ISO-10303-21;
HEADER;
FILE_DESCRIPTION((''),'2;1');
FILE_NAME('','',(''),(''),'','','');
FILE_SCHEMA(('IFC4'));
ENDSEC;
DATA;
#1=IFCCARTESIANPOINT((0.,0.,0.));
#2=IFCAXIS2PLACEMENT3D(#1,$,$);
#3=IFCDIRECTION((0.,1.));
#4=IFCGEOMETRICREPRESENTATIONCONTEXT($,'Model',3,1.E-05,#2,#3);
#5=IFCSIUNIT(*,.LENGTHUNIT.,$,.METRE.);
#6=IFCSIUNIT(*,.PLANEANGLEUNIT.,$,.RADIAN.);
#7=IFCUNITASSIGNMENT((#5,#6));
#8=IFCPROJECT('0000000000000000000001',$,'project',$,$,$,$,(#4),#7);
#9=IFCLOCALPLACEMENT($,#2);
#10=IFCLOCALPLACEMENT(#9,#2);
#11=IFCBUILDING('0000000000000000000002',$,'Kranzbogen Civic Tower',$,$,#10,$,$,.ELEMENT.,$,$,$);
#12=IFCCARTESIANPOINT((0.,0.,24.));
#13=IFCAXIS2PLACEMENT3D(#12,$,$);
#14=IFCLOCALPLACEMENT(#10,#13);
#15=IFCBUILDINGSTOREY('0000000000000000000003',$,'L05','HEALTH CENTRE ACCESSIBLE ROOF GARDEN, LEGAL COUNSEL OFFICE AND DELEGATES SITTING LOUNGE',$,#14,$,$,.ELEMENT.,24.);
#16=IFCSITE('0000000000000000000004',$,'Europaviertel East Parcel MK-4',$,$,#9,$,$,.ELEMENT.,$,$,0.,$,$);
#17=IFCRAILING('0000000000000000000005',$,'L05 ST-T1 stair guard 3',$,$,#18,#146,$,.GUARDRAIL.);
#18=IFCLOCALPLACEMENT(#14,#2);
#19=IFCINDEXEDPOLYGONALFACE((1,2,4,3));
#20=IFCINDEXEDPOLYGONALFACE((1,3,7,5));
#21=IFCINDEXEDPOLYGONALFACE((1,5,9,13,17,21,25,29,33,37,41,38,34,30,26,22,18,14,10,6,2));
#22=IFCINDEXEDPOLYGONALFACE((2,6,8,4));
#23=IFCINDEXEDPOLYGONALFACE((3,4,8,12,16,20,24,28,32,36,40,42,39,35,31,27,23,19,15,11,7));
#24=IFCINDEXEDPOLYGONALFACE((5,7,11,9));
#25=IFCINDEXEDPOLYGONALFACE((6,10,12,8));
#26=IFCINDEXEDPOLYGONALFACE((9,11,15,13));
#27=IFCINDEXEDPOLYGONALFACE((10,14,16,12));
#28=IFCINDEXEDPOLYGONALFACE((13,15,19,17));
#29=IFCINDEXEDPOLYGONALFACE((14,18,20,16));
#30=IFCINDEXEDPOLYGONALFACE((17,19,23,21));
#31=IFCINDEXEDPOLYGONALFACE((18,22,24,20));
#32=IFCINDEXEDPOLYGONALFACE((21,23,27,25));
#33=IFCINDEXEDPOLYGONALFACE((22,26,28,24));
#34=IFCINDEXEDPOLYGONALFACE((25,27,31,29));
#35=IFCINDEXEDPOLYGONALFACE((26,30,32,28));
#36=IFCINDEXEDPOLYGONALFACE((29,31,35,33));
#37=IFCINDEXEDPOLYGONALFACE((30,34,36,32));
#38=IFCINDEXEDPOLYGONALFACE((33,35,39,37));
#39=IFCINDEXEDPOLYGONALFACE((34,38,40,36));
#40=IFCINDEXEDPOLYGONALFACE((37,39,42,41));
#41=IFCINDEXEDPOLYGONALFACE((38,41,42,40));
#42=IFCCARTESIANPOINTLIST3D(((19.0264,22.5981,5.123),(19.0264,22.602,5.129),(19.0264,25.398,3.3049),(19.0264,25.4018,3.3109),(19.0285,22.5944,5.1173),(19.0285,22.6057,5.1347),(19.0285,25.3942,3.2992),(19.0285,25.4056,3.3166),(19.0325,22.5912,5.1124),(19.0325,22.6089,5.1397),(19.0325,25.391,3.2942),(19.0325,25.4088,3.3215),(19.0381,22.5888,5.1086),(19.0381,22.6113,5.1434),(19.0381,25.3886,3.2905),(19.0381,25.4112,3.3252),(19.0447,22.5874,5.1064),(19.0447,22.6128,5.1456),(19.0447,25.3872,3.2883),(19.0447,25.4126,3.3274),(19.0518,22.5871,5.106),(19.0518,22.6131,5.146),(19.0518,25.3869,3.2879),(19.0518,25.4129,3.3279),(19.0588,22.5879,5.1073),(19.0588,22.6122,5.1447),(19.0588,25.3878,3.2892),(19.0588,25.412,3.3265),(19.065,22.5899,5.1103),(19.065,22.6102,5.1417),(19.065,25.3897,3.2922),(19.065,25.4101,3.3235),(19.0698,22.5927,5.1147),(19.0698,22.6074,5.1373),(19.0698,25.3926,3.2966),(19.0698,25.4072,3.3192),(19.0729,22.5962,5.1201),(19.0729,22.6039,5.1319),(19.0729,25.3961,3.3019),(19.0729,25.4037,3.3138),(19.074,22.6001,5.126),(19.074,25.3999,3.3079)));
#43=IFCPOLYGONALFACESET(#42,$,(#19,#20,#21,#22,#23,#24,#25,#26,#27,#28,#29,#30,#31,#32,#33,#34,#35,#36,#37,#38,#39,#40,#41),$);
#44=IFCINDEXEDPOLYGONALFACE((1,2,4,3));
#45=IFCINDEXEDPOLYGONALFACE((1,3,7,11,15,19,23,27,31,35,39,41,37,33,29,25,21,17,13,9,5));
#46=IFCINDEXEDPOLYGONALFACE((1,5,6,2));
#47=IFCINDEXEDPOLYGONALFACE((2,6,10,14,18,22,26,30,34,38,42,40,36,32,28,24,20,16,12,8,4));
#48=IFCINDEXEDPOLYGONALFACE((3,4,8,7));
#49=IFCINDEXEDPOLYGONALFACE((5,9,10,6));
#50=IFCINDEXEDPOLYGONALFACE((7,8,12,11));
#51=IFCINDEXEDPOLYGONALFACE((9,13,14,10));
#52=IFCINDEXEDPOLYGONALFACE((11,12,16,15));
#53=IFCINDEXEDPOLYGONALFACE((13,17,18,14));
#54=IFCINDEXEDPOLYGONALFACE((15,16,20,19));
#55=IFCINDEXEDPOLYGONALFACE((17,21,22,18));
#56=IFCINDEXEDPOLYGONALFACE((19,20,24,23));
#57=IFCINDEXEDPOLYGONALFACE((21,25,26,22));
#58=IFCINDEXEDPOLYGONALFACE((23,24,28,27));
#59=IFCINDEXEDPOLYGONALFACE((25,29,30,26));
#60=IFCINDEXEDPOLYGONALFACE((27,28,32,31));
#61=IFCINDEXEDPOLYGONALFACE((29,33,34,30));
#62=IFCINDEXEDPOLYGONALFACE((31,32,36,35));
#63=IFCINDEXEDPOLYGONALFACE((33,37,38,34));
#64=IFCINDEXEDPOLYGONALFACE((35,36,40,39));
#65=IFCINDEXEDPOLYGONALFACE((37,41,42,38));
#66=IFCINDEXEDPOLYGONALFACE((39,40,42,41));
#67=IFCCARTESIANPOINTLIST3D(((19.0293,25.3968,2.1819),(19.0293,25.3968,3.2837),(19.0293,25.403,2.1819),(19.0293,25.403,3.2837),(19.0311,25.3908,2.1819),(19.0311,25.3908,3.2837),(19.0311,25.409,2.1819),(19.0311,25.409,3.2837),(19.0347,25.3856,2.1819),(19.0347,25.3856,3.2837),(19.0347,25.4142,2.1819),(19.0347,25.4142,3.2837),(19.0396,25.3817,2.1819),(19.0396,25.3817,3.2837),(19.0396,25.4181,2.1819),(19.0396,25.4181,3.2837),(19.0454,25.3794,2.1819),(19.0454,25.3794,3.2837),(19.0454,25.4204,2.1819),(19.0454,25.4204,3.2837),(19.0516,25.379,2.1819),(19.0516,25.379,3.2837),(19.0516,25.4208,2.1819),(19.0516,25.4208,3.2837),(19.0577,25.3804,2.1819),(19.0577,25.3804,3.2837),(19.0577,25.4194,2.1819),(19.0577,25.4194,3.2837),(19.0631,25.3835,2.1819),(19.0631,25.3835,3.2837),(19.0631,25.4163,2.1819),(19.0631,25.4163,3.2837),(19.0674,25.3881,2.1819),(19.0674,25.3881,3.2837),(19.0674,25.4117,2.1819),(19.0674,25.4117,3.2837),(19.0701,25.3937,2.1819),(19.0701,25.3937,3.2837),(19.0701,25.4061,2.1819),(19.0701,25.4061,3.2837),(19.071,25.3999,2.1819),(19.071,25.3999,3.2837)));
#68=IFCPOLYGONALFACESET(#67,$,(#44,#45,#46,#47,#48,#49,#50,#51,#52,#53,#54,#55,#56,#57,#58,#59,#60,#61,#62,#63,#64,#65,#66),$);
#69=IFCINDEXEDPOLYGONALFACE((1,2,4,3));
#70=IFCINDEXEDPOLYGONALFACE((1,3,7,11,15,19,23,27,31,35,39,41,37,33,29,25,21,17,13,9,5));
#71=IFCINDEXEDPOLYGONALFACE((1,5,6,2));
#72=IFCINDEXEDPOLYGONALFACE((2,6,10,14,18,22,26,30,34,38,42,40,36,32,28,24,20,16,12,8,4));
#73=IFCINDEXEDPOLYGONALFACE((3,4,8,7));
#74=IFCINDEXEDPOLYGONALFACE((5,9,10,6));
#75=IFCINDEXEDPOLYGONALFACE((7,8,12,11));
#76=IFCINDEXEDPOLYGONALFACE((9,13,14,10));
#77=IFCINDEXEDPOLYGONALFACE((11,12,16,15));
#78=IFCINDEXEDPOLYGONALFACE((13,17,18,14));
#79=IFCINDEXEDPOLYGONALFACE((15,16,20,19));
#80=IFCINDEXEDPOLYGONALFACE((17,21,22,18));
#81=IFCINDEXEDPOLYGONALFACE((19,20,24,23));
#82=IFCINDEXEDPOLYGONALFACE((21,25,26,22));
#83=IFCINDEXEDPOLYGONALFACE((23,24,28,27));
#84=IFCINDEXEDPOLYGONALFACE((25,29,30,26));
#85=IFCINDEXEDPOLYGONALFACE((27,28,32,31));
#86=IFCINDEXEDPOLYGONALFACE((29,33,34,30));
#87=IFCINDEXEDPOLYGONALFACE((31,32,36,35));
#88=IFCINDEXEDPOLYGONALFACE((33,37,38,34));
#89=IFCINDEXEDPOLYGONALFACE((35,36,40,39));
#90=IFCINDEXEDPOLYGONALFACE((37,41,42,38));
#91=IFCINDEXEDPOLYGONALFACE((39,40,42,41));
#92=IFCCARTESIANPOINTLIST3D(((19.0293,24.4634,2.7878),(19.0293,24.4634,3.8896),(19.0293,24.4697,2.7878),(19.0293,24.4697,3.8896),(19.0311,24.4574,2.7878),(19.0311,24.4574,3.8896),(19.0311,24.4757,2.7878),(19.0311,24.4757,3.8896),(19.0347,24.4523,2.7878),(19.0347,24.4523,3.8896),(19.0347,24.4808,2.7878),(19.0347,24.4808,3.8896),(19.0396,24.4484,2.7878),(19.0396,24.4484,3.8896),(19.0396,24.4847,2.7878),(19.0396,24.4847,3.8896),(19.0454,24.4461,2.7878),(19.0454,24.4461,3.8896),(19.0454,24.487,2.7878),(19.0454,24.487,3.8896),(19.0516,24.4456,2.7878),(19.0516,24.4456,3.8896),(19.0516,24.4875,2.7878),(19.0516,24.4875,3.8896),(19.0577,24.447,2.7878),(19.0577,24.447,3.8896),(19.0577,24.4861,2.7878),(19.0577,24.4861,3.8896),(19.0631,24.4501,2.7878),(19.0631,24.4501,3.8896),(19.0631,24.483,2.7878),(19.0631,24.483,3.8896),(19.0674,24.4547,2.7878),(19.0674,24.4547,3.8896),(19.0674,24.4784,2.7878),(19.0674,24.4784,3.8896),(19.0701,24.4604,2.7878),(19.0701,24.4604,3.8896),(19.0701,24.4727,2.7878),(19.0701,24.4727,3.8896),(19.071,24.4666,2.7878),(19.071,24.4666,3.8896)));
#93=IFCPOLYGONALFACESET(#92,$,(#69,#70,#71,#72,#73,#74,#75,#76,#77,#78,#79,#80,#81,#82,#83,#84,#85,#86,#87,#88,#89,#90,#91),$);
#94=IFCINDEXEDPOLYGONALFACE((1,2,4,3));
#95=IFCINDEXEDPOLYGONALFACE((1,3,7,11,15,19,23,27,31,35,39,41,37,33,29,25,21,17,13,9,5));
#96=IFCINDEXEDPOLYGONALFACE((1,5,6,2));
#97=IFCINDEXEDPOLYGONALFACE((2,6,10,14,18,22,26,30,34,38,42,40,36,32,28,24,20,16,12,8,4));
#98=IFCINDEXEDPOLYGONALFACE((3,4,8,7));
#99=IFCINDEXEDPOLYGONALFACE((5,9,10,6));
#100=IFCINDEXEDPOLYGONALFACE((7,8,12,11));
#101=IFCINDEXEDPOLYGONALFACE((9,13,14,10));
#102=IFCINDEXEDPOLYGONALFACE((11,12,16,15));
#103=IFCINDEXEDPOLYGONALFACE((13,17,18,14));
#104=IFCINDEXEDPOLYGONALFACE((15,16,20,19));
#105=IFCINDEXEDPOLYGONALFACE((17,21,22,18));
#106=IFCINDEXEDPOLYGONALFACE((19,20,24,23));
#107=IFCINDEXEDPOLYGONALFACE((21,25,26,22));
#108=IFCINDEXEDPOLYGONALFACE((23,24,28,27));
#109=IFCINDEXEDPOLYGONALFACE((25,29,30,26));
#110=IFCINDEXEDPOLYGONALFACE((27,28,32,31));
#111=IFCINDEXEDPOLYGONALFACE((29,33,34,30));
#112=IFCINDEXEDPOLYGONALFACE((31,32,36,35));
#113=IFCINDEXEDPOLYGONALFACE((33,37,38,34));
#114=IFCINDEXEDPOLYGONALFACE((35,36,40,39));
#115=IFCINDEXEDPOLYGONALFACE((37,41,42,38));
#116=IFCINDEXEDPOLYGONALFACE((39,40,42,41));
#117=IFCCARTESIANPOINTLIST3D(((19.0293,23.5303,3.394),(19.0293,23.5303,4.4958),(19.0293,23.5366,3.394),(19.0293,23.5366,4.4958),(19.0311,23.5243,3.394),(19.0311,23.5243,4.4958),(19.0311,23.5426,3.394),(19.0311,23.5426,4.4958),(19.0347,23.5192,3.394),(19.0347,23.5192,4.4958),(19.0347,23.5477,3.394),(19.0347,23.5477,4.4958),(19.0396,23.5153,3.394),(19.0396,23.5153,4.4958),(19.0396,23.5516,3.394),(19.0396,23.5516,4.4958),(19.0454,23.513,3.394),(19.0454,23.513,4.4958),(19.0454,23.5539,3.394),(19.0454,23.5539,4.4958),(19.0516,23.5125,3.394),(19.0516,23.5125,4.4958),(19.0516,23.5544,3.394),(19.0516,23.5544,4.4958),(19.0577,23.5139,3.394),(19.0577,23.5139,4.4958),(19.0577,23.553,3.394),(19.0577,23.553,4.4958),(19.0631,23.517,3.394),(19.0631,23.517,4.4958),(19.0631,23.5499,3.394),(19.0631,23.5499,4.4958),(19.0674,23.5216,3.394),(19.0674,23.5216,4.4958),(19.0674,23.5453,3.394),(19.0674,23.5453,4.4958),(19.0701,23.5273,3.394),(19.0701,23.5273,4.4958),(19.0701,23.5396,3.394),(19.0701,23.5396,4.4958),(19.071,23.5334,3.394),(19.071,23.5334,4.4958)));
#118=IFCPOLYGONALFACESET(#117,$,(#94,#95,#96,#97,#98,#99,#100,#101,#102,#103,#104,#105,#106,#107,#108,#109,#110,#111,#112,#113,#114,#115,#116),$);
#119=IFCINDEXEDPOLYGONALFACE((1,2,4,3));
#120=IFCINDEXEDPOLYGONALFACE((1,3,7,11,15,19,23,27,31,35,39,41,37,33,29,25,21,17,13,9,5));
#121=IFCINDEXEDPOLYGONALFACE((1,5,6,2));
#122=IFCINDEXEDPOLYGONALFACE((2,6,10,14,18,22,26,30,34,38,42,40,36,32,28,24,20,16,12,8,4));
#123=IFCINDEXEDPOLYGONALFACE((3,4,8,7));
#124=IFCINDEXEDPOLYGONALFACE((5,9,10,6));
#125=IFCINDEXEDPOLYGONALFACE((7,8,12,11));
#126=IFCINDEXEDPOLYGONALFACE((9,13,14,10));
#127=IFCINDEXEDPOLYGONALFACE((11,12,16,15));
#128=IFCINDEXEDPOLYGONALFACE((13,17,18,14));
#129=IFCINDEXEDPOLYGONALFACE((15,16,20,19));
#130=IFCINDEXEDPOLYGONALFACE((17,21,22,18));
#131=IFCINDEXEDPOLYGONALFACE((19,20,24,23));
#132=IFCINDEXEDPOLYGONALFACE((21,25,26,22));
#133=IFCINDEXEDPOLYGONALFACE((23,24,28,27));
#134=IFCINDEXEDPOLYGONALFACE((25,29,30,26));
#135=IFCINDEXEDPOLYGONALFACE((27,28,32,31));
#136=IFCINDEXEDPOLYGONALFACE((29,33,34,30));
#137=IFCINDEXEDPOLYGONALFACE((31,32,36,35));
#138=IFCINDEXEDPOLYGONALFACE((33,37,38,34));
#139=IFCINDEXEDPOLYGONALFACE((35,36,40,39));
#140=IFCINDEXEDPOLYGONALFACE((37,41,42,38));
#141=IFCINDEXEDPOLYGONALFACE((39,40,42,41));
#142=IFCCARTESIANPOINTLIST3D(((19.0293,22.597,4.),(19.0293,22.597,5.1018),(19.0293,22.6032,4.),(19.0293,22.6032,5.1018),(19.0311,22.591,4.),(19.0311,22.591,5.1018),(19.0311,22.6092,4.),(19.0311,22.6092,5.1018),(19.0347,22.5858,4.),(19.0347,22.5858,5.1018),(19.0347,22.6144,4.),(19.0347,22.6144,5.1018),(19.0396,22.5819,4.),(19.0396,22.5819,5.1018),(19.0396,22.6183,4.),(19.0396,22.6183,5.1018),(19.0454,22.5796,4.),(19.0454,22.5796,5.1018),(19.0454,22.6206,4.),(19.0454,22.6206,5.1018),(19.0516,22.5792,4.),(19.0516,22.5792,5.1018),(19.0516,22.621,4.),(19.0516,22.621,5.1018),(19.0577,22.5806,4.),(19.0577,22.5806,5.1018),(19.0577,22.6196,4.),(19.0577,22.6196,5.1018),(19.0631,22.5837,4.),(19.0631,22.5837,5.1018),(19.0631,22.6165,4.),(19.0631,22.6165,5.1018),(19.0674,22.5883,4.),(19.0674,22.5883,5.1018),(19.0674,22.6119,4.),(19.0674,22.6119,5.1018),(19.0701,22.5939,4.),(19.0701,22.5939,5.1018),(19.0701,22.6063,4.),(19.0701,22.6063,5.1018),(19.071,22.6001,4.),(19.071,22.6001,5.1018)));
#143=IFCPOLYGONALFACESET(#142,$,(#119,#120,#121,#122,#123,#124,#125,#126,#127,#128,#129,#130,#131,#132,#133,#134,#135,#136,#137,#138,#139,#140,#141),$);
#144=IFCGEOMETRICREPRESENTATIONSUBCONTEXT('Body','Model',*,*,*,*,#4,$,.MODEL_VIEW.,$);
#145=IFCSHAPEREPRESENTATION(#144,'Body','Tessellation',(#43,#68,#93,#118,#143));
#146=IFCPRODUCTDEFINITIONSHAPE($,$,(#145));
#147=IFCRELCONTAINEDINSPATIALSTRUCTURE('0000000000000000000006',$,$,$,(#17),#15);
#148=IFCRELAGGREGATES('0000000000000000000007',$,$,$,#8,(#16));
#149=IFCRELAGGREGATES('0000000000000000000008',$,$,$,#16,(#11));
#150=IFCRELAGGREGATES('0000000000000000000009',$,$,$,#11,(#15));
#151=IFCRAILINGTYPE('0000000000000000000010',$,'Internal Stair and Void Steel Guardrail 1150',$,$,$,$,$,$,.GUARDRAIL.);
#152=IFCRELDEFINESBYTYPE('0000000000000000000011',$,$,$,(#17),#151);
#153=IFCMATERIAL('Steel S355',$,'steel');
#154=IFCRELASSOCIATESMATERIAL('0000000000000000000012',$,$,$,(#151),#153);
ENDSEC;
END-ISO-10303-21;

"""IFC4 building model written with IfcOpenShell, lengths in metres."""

from ifc_helpers import new_model, si_unit, direction, frame, origin, origin_2d, place, context, subcontext, project, spatial, circle, extrude, material, type_object, element, save


model = new_model("IFC4")

# Units and contexts
model_context = context("Model", 3, precision=1e-05, world=origin(), true_north=direction((0.0, 1.0)))
body_context = subcontext(model_context, "Body", "Model", "MODEL_VIEW")
ifc_project = project(units=[si_unit("LENGTHUNIT", "METRE"), si_unit("PLANEANGLEUNIT", "RADIAN")], contexts=[model_context])

# Site, building, storey
site_placement = place(None, origin())
site = spatial("IfcSite", under=ifc_project, at=site_placement, Name="Europaviertel East Parcel MK-4", CompositionType="ELEMENT", RefElevation=0.0)
building_placement = place(site_placement, origin())
building = spatial("IfcBuilding", under=site, at=building_placement, Name="Kranzbogen Civic Tower", CompositionType="ELEMENT")
storey_placement = place(building_placement, frame((0.0, 0.0, 24.0)))
storey = spatial("IfcBuildingStorey", under=building, at=storey_placement, Name="L05", Description="HEALTH CENTRE ACCESSIBLE ROOF GARDEN, LEGAL COUNSEL OFFICE AND DELEGATES SITTING LOUNGE", CompositionType="ELEMENT", Elevation=24.0)

# Shared definitions
ifc_material_1 = material(Name="Steel S355", Category="steel")

# Railing
railing_type_1 = type_object("IfcRailingType", Name="Internal Stair and Void Steel Guardrail 1150", PredefinedType="GUARDRAIL", material=ifc_material_1)
railing_1_placement = place(storey_placement, frame((19.05, 25.3999, 2.1819)))
element("IfcRailing", 1, at=railing_1_placement, inside=storey, type_object=railing_type_1, Name="L05 ST-T1 stair guard 3", PredefinedType="GUARDRAIL", context=body_context, shape_type="SweptSolid", body=[
    extrude(circle(Radius=0.0239, at=origin_2d()), frame((0.0, 0.0, 1.126), z_axis=(0.0, -0.838684, 0.544618), x_axis=(1.0, 0.0, 0.0)), (0.0, 0.0, 1.0), 3.3384),
    extrude(circle(Radius=0.021, at=origin_2d()), origin(), (0.0, 0.0, 1.0), 1.1018),
    extrude(circle(Radius=0.021, at=origin_2d()), frame((0.0, -0.9333, 0.606)), (0.0, 0.0, 1.0), 1.1018),
    extrude(circle(Radius=0.021, at=origin_2d()), frame((0.0, -1.8665, 1.2122)), (0.0, 0.0, 1.0), 1.1018),
    extrude(circle(Radius=0.021, at=origin_2d()), frame((0.0, -2.7998, 1.8181)), (0.0, 0.0, 1.0), 1.1018),
])

save(model, "model.ifc")
